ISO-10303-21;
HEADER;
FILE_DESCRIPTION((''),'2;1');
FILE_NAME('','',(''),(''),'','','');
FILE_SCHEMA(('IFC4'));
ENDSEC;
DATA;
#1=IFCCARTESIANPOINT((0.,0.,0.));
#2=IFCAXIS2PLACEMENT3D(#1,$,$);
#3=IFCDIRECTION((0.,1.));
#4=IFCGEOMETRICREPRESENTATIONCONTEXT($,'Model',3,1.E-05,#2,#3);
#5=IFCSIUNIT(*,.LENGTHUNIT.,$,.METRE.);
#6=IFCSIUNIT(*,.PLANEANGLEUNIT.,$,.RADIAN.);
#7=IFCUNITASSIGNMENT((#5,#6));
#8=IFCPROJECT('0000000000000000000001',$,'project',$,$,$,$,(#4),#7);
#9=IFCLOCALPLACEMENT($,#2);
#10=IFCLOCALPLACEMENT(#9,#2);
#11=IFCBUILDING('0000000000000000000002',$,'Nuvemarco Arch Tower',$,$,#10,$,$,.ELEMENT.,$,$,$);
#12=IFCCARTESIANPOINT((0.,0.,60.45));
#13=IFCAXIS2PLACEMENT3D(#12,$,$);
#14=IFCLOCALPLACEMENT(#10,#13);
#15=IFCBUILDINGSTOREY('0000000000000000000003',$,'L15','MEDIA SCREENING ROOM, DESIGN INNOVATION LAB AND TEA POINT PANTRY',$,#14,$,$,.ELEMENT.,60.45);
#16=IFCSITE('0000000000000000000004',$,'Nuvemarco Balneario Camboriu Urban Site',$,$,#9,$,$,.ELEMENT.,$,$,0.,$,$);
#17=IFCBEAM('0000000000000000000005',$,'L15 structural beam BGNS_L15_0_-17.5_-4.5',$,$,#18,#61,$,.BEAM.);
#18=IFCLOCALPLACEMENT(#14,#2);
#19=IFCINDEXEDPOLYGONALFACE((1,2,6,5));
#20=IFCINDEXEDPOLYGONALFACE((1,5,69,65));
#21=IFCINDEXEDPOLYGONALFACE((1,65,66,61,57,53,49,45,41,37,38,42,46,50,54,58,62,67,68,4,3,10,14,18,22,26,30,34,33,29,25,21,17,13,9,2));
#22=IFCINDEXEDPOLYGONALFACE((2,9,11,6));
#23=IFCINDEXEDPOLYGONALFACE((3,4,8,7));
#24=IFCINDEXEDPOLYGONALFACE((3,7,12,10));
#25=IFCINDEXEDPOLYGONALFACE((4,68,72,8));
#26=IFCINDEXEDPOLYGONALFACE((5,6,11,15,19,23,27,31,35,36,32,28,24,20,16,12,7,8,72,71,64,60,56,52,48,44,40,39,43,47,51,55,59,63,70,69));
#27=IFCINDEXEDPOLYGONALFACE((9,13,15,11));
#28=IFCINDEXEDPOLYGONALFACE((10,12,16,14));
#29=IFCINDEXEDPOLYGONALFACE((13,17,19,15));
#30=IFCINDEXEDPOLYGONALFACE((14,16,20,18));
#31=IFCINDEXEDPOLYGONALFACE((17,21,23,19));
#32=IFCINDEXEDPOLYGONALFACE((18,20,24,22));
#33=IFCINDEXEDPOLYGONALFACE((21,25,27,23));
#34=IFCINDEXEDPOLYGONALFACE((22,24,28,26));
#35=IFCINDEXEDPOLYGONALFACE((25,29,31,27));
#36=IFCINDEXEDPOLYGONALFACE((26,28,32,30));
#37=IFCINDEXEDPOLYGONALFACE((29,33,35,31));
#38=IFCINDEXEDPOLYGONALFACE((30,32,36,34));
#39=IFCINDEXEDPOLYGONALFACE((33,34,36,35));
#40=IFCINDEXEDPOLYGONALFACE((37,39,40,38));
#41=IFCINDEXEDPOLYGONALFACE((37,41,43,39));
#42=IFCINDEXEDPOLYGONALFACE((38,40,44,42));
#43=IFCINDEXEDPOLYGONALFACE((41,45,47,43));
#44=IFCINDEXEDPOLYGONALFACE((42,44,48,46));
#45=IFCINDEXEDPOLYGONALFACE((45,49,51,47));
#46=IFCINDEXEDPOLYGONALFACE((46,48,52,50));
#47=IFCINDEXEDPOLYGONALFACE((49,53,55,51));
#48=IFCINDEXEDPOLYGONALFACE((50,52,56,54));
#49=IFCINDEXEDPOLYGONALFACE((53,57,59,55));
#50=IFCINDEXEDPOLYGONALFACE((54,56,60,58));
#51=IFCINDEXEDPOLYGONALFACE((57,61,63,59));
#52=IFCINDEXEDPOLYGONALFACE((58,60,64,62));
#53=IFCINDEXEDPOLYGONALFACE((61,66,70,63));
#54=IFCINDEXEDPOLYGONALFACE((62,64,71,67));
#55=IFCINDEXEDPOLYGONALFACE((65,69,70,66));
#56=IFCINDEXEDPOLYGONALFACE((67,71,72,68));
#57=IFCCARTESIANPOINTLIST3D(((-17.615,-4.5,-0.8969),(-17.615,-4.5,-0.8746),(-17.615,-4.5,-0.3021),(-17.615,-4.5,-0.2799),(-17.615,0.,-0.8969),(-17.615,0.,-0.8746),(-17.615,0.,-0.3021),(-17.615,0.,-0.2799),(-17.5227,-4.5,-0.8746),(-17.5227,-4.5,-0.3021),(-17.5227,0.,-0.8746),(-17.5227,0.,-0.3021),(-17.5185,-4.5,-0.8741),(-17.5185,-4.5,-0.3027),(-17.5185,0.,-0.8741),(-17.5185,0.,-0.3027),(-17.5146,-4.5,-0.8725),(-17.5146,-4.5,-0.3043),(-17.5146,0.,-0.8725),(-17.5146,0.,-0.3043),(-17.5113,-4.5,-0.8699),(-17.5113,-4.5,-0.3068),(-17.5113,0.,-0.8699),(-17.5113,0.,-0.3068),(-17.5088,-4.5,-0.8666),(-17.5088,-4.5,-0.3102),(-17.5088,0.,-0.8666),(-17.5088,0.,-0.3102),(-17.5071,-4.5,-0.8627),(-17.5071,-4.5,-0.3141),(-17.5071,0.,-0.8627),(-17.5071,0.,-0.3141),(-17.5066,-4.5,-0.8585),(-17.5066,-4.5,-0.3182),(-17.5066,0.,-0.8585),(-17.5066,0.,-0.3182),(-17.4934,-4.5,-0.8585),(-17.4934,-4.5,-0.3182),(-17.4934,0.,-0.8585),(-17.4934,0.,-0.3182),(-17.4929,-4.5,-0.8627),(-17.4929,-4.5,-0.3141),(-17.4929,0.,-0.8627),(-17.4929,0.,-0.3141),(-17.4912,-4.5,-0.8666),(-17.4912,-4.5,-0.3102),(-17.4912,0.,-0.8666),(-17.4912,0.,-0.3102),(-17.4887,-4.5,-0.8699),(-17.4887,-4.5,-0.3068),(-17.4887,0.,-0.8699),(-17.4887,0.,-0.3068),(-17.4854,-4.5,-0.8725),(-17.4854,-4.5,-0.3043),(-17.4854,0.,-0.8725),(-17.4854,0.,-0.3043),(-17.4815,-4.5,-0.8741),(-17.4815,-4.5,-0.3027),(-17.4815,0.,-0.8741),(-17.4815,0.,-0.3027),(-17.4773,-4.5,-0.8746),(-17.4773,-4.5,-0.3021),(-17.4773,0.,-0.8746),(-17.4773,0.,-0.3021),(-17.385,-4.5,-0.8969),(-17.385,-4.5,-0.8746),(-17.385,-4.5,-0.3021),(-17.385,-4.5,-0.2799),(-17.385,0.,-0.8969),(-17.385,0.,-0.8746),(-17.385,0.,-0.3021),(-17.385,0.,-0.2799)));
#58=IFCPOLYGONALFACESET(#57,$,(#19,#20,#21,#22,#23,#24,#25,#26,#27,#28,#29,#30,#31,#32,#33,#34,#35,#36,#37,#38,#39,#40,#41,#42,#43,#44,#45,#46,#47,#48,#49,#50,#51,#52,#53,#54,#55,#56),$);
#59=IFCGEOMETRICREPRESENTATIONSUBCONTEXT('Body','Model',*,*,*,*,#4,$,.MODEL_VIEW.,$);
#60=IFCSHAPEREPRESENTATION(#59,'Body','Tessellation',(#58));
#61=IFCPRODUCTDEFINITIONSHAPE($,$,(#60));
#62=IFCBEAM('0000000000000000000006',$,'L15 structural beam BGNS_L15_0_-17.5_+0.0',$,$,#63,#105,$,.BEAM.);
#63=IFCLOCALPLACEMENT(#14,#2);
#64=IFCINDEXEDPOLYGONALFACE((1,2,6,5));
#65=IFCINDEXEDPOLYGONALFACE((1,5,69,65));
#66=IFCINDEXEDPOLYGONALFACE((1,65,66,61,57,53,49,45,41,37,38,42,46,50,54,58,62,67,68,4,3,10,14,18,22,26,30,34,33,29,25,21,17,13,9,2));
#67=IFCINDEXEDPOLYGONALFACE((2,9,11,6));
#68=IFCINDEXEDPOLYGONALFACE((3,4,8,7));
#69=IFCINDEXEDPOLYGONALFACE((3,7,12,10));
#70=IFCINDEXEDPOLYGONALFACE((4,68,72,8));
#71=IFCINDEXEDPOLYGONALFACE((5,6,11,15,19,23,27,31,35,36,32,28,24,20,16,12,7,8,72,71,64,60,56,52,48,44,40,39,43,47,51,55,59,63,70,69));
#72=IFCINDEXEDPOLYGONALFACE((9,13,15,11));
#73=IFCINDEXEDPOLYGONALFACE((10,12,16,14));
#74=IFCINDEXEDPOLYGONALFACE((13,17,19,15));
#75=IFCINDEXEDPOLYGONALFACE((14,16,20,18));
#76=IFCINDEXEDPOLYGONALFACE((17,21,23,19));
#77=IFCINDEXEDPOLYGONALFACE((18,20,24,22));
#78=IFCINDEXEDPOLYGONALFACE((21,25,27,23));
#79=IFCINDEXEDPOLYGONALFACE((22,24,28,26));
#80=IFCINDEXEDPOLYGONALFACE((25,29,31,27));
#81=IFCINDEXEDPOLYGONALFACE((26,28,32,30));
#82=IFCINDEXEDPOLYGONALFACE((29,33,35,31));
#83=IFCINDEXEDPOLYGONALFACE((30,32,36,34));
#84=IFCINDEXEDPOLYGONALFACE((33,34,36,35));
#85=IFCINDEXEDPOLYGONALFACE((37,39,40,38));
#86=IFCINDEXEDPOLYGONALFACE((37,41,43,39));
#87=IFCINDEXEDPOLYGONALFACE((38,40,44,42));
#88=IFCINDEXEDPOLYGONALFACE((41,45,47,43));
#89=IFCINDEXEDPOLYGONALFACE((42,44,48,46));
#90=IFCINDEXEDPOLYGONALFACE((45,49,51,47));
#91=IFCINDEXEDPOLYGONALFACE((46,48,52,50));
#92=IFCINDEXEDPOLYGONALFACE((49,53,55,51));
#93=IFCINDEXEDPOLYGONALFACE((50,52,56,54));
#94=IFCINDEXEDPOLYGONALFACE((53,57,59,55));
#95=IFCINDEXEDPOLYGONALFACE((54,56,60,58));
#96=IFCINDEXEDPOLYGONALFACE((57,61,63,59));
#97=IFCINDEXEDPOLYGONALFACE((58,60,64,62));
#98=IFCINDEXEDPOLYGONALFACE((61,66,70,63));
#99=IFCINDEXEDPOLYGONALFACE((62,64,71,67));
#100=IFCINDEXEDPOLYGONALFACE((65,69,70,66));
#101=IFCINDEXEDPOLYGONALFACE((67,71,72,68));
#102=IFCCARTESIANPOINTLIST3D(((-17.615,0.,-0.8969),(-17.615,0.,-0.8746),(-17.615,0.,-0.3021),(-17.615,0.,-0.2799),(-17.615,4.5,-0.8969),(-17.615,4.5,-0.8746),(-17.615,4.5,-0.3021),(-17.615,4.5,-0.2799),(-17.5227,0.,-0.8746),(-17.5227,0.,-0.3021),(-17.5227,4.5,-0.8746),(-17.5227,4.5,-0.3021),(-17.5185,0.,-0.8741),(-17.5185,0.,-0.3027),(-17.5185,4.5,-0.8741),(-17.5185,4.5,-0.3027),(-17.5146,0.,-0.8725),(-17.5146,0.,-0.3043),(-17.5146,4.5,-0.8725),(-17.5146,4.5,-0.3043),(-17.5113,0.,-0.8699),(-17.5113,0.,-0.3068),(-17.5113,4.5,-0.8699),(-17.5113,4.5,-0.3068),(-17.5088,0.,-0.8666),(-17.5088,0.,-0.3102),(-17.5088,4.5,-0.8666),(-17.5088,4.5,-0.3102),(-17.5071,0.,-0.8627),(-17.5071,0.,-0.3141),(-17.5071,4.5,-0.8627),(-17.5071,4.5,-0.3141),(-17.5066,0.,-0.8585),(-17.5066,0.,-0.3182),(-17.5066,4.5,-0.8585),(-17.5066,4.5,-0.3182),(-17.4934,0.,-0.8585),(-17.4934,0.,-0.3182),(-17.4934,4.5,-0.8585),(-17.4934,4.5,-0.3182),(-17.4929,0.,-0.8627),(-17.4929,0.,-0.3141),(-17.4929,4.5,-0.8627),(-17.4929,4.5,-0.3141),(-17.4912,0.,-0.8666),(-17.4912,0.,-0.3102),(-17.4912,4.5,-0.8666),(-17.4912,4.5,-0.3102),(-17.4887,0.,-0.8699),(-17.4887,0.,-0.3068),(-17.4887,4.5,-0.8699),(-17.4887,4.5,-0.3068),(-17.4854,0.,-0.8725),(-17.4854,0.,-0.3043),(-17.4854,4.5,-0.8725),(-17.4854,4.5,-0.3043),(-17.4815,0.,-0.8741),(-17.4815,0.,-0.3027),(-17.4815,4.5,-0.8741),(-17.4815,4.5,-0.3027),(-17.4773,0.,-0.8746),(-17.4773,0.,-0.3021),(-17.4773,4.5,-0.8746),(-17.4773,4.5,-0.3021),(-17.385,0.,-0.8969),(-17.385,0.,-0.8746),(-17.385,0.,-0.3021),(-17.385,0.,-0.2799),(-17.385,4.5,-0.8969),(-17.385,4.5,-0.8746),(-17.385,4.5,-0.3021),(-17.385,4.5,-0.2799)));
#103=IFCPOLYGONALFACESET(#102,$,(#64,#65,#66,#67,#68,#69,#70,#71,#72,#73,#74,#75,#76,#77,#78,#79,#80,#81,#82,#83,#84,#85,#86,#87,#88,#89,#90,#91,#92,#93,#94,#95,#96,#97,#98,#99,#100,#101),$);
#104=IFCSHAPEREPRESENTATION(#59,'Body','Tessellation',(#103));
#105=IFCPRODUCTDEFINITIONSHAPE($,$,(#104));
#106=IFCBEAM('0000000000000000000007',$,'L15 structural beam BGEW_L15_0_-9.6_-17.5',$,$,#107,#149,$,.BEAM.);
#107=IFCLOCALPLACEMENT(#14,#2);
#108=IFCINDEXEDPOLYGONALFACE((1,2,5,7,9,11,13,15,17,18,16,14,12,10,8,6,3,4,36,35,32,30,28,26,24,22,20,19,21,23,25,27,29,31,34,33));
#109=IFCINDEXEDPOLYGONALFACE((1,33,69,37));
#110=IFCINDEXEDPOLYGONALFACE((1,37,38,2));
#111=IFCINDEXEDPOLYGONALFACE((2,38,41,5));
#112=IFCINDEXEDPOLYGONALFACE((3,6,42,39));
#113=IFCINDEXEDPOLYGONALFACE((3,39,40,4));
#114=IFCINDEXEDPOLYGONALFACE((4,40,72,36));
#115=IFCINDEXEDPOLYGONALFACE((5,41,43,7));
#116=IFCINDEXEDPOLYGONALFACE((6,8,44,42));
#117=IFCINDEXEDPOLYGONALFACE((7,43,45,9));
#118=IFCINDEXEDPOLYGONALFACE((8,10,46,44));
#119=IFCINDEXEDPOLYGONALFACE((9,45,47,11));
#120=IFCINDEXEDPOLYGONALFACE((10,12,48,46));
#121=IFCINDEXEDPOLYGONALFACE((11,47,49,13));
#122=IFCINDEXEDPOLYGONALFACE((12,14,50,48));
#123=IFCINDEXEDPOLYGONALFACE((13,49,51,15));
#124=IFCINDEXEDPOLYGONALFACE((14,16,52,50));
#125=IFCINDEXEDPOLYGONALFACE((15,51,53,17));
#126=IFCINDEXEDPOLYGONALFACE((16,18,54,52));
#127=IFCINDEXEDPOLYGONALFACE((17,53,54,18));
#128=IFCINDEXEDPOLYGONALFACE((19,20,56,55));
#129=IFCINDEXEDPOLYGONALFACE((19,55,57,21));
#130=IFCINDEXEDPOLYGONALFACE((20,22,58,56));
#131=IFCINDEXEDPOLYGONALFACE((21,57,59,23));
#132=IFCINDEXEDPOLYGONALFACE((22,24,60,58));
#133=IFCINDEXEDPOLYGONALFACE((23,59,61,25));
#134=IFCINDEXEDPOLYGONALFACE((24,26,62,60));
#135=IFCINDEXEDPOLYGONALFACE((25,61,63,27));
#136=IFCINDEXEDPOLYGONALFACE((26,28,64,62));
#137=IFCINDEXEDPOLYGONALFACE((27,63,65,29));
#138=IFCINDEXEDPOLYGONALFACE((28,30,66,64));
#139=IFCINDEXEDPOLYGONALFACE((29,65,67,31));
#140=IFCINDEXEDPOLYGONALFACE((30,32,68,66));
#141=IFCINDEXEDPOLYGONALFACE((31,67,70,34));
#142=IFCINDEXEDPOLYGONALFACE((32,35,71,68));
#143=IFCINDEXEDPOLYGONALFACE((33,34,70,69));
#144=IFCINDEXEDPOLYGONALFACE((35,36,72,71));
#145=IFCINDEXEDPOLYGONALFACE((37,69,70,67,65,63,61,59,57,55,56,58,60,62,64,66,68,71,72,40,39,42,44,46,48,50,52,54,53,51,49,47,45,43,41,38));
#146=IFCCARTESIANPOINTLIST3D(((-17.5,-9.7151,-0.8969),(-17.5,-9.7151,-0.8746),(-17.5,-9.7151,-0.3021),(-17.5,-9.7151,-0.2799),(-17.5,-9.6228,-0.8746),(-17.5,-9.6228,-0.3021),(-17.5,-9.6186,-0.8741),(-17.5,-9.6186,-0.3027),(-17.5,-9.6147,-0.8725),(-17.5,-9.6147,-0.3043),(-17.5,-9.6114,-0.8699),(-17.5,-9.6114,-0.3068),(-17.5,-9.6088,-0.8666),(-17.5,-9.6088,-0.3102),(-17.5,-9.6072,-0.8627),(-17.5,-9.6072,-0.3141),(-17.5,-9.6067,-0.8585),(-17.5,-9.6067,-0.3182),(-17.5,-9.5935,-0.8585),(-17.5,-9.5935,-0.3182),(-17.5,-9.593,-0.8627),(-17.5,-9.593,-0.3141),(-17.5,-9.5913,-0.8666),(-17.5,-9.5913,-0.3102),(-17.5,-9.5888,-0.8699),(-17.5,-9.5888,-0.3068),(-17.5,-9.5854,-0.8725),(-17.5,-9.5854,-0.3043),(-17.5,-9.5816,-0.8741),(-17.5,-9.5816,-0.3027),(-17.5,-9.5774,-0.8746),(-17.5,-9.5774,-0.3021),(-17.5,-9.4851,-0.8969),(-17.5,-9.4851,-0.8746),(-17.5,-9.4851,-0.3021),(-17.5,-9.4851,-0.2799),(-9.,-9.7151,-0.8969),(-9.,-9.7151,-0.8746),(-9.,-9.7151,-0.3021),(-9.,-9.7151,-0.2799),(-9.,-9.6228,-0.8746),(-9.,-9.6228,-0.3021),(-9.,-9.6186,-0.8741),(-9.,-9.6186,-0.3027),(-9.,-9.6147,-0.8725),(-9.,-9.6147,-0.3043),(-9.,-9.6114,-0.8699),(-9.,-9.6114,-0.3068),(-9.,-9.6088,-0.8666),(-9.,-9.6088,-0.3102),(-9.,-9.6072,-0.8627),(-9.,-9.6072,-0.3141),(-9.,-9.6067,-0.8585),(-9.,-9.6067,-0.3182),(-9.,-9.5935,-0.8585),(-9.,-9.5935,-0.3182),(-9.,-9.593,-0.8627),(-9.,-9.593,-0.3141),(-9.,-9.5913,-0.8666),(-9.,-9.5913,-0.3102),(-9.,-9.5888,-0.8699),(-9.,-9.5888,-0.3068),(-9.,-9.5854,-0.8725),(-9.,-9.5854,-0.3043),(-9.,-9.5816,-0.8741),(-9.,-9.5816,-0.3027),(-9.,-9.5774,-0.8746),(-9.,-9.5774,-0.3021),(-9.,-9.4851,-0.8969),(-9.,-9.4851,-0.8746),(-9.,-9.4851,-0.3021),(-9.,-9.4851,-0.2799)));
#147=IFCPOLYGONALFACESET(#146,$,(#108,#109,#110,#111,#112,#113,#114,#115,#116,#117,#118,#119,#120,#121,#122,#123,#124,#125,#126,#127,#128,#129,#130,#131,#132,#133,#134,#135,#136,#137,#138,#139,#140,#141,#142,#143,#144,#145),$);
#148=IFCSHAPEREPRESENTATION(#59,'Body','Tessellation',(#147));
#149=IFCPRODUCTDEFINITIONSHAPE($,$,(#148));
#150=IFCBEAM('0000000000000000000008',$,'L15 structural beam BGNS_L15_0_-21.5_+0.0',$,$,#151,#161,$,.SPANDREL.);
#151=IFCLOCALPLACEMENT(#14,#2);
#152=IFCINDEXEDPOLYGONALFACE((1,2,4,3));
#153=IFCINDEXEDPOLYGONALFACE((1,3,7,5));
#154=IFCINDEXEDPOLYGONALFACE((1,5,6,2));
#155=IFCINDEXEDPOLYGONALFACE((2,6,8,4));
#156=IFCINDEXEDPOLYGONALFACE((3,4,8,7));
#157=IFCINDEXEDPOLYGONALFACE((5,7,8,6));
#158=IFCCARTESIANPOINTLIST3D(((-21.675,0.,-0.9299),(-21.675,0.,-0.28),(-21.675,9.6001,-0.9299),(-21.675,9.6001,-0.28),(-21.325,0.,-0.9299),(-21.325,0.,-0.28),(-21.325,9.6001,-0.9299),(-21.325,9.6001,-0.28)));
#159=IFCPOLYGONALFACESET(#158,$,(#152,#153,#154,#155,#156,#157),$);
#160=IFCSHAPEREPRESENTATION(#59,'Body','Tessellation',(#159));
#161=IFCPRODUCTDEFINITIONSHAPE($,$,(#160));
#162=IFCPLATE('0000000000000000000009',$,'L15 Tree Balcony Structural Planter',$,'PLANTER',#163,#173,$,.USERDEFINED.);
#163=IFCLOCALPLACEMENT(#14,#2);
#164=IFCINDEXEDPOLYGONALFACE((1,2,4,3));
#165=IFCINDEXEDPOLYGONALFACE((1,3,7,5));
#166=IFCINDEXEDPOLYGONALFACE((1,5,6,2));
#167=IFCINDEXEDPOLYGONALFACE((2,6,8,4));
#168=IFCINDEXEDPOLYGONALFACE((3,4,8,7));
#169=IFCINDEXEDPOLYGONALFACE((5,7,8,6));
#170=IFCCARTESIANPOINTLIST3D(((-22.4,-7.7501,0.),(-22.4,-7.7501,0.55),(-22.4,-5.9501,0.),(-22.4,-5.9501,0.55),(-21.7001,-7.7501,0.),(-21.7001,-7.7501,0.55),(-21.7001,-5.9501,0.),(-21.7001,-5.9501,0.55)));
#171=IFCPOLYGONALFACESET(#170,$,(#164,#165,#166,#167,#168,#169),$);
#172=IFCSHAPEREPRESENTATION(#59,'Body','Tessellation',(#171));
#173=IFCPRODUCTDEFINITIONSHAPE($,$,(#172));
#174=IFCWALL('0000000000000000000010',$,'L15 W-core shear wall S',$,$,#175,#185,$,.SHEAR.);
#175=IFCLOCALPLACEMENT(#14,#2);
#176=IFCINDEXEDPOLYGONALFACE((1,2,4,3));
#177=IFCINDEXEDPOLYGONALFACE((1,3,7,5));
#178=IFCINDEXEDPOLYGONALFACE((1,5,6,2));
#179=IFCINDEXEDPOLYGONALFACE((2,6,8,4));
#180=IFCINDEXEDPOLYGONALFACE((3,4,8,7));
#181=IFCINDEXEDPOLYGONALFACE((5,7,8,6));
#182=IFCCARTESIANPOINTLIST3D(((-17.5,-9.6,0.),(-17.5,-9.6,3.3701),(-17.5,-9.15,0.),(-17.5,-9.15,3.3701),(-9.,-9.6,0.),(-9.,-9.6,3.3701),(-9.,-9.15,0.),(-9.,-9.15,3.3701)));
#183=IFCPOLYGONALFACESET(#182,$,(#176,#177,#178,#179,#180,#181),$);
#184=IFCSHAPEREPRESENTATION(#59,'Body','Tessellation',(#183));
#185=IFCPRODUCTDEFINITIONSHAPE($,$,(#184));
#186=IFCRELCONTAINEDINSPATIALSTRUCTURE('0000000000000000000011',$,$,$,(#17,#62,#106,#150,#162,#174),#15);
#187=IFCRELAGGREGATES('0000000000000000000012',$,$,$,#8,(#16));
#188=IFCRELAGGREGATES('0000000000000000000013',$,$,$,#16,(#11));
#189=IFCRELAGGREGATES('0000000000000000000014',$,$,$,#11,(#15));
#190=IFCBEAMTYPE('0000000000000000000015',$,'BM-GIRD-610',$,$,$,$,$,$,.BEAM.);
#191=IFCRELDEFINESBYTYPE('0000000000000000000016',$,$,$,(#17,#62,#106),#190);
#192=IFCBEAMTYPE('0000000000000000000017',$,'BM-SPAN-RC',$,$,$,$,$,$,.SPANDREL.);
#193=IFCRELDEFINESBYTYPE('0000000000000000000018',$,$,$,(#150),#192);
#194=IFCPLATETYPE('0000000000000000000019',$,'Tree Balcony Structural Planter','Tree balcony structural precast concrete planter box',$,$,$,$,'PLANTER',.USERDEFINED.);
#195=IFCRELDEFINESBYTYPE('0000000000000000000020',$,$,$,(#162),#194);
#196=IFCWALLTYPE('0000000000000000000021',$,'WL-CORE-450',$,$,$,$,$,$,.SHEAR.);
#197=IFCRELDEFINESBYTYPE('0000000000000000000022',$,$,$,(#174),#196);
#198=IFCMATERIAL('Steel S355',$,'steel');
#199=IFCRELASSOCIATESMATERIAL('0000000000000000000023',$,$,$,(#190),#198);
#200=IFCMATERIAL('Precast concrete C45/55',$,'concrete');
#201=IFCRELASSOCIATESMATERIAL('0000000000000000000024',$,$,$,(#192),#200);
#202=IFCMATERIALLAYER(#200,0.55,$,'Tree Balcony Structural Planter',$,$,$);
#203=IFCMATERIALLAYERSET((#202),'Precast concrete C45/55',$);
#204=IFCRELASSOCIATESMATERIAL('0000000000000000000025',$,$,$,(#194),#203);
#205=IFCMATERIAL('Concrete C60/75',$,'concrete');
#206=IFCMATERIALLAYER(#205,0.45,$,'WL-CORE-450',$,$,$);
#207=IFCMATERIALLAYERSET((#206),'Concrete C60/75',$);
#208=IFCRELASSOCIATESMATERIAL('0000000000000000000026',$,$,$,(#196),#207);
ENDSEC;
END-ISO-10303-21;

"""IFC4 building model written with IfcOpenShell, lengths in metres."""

from ifc_helpers import new_model, si_unit, direction, frame, frame_2d, origin, origin_2d, place, context, subcontext, project, spatial, rectangle, i_section, extrude, source, transform, mapped, material, layer, layer_set, material_profile, profile_set, type_object, type_shapes, element, save


model = new_model("IFC4")

# Units and contexts
model_context = context("Model", 3, precision=1e-05, world=origin(), true_north=direction((0.0, 1.0)))
body_context = subcontext(model_context, "Body", "Model", "MODEL_VIEW")
ifc_project = project(units=[si_unit("LENGTHUNIT", "METRE"), si_unit("PLANEANGLEUNIT", "RADIAN")], contexts=[model_context])

# Site, building, storey
site_placement = place(None, origin())
site = spatial("IfcSite", under=ifc_project, at=site_placement, Name="Nuvemarco Balneario Camboriu Urban Site", CompositionType="ELEMENT", RefElevation=0.0)
building_placement = place(site_placement, origin())
building = spatial("IfcBuilding", under=site, at=building_placement, Name="Nuvemarco Arch Tower", CompositionType="ELEMENT")
storey_placement = place(building_placement, frame((0.0, 0.0, 60.45)))
storey = spatial("IfcBuildingStorey", under=building, at=storey_placement, Name="L15", Description="MEDIA SCREENING ROOM, DESIGN INNOVATION LAB AND TEA POINT PANTRY", CompositionType="ELEMENT", Elevation=60.45)

# Shared definitions
ifc_material_1 = material(Name="Concrete C60/75", Category="concrete")

# Beams
ifc_material_2 = material(Name="Steel S355", Category="steel")
ifc_material_profile_1 = material_profile(ifc_material_2, i_section(OverallWidth=0.23, OverallDepth=0.6169, WebThickness=0.0132, FlangeThickness=0.0222, FilletRadius=0.0161, at=origin_2d()), Name="W610x140")
ifc_profile_set_1 = profile_set([ifc_material_profile_1], Name="Steel S355")
beam_type_1 = type_object("IfcBeamType", Name="BM-GIRD-610", PredefinedType="BEAM", material=ifc_profile_set_1)
for number, where, z_axis, x_axis, name in (
    (1, (-17.5, -4.5, -0.5884), (0.0, 1.0, 0.0), (-1.0, 0.0, 0.0), "L15 structural beam BGNS_L15_0_-17.5_-4.5"),
    (2, (-17.5, 0.0, -0.5884), (0.0, 1.0, 0.0), (-1.0, 0.0, 0.0), "L15 structural beam BGNS_L15_0_-17.5_+0.0"),
):
    element("IfcBeam", number, at=place(storey_placement, frame(where, z_axis=z_axis, x_axis=x_axis)), inside=storey, type_object=beam_type_1, Name=name, PredefinedType="BEAM", context=body_context, shape_type="SweptSolid", body=[
        extrude(i_section(OverallWidth=0.23, OverallDepth=0.6169, WebThickness=0.0132, FlangeThickness=0.0222, FilletRadius=0.0161, at=origin_2d()), origin(), (0.0, 0.0, 1.0), 4.5),
    ])
beam_1_placement = place(storey_placement, frame((-17.5, -9.6001, -0.5884), z_axis=(1.0, 0.0, 0.0), x_axis=(0.0, 1.0, 0.0)))
element("IfcBeam", 3, at=beam_1_placement, inside=storey, type_object=beam_type_1, Name="L15 structural beam BGEW_L15_0_-9.6_-17.5", PredefinedType="BEAM", context=body_context, shape_type="SweptSolid", body=[
    extrude(i_section(OverallWidth=0.23, OverallDepth=0.6169, WebThickness=0.0132, FlangeThickness=0.0222, FilletRadius=0.0161, at=origin_2d()), origin(), (0.0, 0.0, 1.0), 8.5),
])
ifc_material_3 = material(Name="Precast concrete C45/55", Category="concrete")
ifc_material_profile_2 = material_profile(ifc_material_3, rectangle(XDim=0.3501, YDim=0.6499, at=origin_2d()), Name="PC-SP-350x650")
ifc_profile_set_2 = profile_set([ifc_material_profile_2], Name="Precast concrete C45/55")
beam_type_2 = type_object("IfcBeamType", Name="BM-SPAN-RC", PredefinedType="SPANDREL", material=ifc_profile_set_2)
beam_2_placement = place(storey_placement, frame((-21.5, 0.0, -0.605), z_axis=(0.0, 1.0, 0.0), x_axis=(-1.0, 0.0, 0.0)))
element("IfcBeam", 4, at=beam_2_placement, inside=storey, type_object=beam_type_2, Name="L15 structural beam BGNS_L15_0_-21.5_+0.0", PredefinedType="SPANDREL", context=body_context, shape_type="SweptSolid", body=[
    extrude(rectangle(XDim=0.3501, YDim=0.6499, at=origin_2d()), origin(), (0.0, 0.0, 1.0), 9.6001),
])

# Plate
ifc_layer_1 = layer(ifc_material_3, 0.55, Name="Tree Balcony Structural Planter")
ifc_layer_set_1 = layer_set([ifc_layer_1], Name="Precast concrete C45/55")
plate_type = type_object("IfcPlateType", Name="Tree Balcony Structural Planter", Description="Tree balcony structural precast concrete planter box", ElementType="PLANTER", PredefinedType="USERDEFINED", material=ifc_layer_set_1)
shared_shape_1 = source(origin(), body_context, "Body", "SweptSolid", [
    extrude(rectangle(XDim=1.8, YDim=0.7, at=origin_2d()), origin(), (0.0, 0.0, 1.0), 0.55),
])
type_shapes(plate_type, [shared_shape_1])
plate_placement = place(storey_placement, frame((-22.05, -6.8501, 0.0), z_axis=(0.0, 0.0, 1.0), x_axis=(0.0, 1.0, 0.0)))
element("IfcPlate", 5, at=plate_placement, inside=storey, type_object=plate_type, Name="L15 Tree Balcony Structural Planter", ObjectType="PLANTER", PredefinedType="USERDEFINED", context=body_context, shape_type="MappedRepresentation", body=[
    mapped(shared_shape_1, transform((0.0, 0.0, 0.0), scale=1.0)),
])

# Wall
ifc_layer_2 = layer(ifc_material_1, 0.45, Name="WL-CORE-450")
ifc_layer_set_2 = layer_set([ifc_layer_2], Name="Concrete C60/75")
wall_type_1 = type_object("IfcWallType", Name="WL-CORE-450", PredefinedType="SHEAR", material=ifc_layer_set_2)
wall_1_placement = place(storey_placement, frame((-17.5, -9.375, 0.0), z_axis=(0.0, 0.0, 1.0), x_axis=(1.0, 0.0, 0.0)))
element("IfcWall", 6, at=wall_1_placement, inside=storey, type_object=wall_type_1, Name="L15 W-core shear wall S", PredefinedType="SHEAR", context=body_context, shape_type="SweptSolid", body=[
    extrude(rectangle(XDim=8.5, YDim=0.45, at=frame_2d((4.25, 0.0))), origin(), (0.0, 0.0, 1.0), 3.3701),
])

save(model, "model.ifc")
